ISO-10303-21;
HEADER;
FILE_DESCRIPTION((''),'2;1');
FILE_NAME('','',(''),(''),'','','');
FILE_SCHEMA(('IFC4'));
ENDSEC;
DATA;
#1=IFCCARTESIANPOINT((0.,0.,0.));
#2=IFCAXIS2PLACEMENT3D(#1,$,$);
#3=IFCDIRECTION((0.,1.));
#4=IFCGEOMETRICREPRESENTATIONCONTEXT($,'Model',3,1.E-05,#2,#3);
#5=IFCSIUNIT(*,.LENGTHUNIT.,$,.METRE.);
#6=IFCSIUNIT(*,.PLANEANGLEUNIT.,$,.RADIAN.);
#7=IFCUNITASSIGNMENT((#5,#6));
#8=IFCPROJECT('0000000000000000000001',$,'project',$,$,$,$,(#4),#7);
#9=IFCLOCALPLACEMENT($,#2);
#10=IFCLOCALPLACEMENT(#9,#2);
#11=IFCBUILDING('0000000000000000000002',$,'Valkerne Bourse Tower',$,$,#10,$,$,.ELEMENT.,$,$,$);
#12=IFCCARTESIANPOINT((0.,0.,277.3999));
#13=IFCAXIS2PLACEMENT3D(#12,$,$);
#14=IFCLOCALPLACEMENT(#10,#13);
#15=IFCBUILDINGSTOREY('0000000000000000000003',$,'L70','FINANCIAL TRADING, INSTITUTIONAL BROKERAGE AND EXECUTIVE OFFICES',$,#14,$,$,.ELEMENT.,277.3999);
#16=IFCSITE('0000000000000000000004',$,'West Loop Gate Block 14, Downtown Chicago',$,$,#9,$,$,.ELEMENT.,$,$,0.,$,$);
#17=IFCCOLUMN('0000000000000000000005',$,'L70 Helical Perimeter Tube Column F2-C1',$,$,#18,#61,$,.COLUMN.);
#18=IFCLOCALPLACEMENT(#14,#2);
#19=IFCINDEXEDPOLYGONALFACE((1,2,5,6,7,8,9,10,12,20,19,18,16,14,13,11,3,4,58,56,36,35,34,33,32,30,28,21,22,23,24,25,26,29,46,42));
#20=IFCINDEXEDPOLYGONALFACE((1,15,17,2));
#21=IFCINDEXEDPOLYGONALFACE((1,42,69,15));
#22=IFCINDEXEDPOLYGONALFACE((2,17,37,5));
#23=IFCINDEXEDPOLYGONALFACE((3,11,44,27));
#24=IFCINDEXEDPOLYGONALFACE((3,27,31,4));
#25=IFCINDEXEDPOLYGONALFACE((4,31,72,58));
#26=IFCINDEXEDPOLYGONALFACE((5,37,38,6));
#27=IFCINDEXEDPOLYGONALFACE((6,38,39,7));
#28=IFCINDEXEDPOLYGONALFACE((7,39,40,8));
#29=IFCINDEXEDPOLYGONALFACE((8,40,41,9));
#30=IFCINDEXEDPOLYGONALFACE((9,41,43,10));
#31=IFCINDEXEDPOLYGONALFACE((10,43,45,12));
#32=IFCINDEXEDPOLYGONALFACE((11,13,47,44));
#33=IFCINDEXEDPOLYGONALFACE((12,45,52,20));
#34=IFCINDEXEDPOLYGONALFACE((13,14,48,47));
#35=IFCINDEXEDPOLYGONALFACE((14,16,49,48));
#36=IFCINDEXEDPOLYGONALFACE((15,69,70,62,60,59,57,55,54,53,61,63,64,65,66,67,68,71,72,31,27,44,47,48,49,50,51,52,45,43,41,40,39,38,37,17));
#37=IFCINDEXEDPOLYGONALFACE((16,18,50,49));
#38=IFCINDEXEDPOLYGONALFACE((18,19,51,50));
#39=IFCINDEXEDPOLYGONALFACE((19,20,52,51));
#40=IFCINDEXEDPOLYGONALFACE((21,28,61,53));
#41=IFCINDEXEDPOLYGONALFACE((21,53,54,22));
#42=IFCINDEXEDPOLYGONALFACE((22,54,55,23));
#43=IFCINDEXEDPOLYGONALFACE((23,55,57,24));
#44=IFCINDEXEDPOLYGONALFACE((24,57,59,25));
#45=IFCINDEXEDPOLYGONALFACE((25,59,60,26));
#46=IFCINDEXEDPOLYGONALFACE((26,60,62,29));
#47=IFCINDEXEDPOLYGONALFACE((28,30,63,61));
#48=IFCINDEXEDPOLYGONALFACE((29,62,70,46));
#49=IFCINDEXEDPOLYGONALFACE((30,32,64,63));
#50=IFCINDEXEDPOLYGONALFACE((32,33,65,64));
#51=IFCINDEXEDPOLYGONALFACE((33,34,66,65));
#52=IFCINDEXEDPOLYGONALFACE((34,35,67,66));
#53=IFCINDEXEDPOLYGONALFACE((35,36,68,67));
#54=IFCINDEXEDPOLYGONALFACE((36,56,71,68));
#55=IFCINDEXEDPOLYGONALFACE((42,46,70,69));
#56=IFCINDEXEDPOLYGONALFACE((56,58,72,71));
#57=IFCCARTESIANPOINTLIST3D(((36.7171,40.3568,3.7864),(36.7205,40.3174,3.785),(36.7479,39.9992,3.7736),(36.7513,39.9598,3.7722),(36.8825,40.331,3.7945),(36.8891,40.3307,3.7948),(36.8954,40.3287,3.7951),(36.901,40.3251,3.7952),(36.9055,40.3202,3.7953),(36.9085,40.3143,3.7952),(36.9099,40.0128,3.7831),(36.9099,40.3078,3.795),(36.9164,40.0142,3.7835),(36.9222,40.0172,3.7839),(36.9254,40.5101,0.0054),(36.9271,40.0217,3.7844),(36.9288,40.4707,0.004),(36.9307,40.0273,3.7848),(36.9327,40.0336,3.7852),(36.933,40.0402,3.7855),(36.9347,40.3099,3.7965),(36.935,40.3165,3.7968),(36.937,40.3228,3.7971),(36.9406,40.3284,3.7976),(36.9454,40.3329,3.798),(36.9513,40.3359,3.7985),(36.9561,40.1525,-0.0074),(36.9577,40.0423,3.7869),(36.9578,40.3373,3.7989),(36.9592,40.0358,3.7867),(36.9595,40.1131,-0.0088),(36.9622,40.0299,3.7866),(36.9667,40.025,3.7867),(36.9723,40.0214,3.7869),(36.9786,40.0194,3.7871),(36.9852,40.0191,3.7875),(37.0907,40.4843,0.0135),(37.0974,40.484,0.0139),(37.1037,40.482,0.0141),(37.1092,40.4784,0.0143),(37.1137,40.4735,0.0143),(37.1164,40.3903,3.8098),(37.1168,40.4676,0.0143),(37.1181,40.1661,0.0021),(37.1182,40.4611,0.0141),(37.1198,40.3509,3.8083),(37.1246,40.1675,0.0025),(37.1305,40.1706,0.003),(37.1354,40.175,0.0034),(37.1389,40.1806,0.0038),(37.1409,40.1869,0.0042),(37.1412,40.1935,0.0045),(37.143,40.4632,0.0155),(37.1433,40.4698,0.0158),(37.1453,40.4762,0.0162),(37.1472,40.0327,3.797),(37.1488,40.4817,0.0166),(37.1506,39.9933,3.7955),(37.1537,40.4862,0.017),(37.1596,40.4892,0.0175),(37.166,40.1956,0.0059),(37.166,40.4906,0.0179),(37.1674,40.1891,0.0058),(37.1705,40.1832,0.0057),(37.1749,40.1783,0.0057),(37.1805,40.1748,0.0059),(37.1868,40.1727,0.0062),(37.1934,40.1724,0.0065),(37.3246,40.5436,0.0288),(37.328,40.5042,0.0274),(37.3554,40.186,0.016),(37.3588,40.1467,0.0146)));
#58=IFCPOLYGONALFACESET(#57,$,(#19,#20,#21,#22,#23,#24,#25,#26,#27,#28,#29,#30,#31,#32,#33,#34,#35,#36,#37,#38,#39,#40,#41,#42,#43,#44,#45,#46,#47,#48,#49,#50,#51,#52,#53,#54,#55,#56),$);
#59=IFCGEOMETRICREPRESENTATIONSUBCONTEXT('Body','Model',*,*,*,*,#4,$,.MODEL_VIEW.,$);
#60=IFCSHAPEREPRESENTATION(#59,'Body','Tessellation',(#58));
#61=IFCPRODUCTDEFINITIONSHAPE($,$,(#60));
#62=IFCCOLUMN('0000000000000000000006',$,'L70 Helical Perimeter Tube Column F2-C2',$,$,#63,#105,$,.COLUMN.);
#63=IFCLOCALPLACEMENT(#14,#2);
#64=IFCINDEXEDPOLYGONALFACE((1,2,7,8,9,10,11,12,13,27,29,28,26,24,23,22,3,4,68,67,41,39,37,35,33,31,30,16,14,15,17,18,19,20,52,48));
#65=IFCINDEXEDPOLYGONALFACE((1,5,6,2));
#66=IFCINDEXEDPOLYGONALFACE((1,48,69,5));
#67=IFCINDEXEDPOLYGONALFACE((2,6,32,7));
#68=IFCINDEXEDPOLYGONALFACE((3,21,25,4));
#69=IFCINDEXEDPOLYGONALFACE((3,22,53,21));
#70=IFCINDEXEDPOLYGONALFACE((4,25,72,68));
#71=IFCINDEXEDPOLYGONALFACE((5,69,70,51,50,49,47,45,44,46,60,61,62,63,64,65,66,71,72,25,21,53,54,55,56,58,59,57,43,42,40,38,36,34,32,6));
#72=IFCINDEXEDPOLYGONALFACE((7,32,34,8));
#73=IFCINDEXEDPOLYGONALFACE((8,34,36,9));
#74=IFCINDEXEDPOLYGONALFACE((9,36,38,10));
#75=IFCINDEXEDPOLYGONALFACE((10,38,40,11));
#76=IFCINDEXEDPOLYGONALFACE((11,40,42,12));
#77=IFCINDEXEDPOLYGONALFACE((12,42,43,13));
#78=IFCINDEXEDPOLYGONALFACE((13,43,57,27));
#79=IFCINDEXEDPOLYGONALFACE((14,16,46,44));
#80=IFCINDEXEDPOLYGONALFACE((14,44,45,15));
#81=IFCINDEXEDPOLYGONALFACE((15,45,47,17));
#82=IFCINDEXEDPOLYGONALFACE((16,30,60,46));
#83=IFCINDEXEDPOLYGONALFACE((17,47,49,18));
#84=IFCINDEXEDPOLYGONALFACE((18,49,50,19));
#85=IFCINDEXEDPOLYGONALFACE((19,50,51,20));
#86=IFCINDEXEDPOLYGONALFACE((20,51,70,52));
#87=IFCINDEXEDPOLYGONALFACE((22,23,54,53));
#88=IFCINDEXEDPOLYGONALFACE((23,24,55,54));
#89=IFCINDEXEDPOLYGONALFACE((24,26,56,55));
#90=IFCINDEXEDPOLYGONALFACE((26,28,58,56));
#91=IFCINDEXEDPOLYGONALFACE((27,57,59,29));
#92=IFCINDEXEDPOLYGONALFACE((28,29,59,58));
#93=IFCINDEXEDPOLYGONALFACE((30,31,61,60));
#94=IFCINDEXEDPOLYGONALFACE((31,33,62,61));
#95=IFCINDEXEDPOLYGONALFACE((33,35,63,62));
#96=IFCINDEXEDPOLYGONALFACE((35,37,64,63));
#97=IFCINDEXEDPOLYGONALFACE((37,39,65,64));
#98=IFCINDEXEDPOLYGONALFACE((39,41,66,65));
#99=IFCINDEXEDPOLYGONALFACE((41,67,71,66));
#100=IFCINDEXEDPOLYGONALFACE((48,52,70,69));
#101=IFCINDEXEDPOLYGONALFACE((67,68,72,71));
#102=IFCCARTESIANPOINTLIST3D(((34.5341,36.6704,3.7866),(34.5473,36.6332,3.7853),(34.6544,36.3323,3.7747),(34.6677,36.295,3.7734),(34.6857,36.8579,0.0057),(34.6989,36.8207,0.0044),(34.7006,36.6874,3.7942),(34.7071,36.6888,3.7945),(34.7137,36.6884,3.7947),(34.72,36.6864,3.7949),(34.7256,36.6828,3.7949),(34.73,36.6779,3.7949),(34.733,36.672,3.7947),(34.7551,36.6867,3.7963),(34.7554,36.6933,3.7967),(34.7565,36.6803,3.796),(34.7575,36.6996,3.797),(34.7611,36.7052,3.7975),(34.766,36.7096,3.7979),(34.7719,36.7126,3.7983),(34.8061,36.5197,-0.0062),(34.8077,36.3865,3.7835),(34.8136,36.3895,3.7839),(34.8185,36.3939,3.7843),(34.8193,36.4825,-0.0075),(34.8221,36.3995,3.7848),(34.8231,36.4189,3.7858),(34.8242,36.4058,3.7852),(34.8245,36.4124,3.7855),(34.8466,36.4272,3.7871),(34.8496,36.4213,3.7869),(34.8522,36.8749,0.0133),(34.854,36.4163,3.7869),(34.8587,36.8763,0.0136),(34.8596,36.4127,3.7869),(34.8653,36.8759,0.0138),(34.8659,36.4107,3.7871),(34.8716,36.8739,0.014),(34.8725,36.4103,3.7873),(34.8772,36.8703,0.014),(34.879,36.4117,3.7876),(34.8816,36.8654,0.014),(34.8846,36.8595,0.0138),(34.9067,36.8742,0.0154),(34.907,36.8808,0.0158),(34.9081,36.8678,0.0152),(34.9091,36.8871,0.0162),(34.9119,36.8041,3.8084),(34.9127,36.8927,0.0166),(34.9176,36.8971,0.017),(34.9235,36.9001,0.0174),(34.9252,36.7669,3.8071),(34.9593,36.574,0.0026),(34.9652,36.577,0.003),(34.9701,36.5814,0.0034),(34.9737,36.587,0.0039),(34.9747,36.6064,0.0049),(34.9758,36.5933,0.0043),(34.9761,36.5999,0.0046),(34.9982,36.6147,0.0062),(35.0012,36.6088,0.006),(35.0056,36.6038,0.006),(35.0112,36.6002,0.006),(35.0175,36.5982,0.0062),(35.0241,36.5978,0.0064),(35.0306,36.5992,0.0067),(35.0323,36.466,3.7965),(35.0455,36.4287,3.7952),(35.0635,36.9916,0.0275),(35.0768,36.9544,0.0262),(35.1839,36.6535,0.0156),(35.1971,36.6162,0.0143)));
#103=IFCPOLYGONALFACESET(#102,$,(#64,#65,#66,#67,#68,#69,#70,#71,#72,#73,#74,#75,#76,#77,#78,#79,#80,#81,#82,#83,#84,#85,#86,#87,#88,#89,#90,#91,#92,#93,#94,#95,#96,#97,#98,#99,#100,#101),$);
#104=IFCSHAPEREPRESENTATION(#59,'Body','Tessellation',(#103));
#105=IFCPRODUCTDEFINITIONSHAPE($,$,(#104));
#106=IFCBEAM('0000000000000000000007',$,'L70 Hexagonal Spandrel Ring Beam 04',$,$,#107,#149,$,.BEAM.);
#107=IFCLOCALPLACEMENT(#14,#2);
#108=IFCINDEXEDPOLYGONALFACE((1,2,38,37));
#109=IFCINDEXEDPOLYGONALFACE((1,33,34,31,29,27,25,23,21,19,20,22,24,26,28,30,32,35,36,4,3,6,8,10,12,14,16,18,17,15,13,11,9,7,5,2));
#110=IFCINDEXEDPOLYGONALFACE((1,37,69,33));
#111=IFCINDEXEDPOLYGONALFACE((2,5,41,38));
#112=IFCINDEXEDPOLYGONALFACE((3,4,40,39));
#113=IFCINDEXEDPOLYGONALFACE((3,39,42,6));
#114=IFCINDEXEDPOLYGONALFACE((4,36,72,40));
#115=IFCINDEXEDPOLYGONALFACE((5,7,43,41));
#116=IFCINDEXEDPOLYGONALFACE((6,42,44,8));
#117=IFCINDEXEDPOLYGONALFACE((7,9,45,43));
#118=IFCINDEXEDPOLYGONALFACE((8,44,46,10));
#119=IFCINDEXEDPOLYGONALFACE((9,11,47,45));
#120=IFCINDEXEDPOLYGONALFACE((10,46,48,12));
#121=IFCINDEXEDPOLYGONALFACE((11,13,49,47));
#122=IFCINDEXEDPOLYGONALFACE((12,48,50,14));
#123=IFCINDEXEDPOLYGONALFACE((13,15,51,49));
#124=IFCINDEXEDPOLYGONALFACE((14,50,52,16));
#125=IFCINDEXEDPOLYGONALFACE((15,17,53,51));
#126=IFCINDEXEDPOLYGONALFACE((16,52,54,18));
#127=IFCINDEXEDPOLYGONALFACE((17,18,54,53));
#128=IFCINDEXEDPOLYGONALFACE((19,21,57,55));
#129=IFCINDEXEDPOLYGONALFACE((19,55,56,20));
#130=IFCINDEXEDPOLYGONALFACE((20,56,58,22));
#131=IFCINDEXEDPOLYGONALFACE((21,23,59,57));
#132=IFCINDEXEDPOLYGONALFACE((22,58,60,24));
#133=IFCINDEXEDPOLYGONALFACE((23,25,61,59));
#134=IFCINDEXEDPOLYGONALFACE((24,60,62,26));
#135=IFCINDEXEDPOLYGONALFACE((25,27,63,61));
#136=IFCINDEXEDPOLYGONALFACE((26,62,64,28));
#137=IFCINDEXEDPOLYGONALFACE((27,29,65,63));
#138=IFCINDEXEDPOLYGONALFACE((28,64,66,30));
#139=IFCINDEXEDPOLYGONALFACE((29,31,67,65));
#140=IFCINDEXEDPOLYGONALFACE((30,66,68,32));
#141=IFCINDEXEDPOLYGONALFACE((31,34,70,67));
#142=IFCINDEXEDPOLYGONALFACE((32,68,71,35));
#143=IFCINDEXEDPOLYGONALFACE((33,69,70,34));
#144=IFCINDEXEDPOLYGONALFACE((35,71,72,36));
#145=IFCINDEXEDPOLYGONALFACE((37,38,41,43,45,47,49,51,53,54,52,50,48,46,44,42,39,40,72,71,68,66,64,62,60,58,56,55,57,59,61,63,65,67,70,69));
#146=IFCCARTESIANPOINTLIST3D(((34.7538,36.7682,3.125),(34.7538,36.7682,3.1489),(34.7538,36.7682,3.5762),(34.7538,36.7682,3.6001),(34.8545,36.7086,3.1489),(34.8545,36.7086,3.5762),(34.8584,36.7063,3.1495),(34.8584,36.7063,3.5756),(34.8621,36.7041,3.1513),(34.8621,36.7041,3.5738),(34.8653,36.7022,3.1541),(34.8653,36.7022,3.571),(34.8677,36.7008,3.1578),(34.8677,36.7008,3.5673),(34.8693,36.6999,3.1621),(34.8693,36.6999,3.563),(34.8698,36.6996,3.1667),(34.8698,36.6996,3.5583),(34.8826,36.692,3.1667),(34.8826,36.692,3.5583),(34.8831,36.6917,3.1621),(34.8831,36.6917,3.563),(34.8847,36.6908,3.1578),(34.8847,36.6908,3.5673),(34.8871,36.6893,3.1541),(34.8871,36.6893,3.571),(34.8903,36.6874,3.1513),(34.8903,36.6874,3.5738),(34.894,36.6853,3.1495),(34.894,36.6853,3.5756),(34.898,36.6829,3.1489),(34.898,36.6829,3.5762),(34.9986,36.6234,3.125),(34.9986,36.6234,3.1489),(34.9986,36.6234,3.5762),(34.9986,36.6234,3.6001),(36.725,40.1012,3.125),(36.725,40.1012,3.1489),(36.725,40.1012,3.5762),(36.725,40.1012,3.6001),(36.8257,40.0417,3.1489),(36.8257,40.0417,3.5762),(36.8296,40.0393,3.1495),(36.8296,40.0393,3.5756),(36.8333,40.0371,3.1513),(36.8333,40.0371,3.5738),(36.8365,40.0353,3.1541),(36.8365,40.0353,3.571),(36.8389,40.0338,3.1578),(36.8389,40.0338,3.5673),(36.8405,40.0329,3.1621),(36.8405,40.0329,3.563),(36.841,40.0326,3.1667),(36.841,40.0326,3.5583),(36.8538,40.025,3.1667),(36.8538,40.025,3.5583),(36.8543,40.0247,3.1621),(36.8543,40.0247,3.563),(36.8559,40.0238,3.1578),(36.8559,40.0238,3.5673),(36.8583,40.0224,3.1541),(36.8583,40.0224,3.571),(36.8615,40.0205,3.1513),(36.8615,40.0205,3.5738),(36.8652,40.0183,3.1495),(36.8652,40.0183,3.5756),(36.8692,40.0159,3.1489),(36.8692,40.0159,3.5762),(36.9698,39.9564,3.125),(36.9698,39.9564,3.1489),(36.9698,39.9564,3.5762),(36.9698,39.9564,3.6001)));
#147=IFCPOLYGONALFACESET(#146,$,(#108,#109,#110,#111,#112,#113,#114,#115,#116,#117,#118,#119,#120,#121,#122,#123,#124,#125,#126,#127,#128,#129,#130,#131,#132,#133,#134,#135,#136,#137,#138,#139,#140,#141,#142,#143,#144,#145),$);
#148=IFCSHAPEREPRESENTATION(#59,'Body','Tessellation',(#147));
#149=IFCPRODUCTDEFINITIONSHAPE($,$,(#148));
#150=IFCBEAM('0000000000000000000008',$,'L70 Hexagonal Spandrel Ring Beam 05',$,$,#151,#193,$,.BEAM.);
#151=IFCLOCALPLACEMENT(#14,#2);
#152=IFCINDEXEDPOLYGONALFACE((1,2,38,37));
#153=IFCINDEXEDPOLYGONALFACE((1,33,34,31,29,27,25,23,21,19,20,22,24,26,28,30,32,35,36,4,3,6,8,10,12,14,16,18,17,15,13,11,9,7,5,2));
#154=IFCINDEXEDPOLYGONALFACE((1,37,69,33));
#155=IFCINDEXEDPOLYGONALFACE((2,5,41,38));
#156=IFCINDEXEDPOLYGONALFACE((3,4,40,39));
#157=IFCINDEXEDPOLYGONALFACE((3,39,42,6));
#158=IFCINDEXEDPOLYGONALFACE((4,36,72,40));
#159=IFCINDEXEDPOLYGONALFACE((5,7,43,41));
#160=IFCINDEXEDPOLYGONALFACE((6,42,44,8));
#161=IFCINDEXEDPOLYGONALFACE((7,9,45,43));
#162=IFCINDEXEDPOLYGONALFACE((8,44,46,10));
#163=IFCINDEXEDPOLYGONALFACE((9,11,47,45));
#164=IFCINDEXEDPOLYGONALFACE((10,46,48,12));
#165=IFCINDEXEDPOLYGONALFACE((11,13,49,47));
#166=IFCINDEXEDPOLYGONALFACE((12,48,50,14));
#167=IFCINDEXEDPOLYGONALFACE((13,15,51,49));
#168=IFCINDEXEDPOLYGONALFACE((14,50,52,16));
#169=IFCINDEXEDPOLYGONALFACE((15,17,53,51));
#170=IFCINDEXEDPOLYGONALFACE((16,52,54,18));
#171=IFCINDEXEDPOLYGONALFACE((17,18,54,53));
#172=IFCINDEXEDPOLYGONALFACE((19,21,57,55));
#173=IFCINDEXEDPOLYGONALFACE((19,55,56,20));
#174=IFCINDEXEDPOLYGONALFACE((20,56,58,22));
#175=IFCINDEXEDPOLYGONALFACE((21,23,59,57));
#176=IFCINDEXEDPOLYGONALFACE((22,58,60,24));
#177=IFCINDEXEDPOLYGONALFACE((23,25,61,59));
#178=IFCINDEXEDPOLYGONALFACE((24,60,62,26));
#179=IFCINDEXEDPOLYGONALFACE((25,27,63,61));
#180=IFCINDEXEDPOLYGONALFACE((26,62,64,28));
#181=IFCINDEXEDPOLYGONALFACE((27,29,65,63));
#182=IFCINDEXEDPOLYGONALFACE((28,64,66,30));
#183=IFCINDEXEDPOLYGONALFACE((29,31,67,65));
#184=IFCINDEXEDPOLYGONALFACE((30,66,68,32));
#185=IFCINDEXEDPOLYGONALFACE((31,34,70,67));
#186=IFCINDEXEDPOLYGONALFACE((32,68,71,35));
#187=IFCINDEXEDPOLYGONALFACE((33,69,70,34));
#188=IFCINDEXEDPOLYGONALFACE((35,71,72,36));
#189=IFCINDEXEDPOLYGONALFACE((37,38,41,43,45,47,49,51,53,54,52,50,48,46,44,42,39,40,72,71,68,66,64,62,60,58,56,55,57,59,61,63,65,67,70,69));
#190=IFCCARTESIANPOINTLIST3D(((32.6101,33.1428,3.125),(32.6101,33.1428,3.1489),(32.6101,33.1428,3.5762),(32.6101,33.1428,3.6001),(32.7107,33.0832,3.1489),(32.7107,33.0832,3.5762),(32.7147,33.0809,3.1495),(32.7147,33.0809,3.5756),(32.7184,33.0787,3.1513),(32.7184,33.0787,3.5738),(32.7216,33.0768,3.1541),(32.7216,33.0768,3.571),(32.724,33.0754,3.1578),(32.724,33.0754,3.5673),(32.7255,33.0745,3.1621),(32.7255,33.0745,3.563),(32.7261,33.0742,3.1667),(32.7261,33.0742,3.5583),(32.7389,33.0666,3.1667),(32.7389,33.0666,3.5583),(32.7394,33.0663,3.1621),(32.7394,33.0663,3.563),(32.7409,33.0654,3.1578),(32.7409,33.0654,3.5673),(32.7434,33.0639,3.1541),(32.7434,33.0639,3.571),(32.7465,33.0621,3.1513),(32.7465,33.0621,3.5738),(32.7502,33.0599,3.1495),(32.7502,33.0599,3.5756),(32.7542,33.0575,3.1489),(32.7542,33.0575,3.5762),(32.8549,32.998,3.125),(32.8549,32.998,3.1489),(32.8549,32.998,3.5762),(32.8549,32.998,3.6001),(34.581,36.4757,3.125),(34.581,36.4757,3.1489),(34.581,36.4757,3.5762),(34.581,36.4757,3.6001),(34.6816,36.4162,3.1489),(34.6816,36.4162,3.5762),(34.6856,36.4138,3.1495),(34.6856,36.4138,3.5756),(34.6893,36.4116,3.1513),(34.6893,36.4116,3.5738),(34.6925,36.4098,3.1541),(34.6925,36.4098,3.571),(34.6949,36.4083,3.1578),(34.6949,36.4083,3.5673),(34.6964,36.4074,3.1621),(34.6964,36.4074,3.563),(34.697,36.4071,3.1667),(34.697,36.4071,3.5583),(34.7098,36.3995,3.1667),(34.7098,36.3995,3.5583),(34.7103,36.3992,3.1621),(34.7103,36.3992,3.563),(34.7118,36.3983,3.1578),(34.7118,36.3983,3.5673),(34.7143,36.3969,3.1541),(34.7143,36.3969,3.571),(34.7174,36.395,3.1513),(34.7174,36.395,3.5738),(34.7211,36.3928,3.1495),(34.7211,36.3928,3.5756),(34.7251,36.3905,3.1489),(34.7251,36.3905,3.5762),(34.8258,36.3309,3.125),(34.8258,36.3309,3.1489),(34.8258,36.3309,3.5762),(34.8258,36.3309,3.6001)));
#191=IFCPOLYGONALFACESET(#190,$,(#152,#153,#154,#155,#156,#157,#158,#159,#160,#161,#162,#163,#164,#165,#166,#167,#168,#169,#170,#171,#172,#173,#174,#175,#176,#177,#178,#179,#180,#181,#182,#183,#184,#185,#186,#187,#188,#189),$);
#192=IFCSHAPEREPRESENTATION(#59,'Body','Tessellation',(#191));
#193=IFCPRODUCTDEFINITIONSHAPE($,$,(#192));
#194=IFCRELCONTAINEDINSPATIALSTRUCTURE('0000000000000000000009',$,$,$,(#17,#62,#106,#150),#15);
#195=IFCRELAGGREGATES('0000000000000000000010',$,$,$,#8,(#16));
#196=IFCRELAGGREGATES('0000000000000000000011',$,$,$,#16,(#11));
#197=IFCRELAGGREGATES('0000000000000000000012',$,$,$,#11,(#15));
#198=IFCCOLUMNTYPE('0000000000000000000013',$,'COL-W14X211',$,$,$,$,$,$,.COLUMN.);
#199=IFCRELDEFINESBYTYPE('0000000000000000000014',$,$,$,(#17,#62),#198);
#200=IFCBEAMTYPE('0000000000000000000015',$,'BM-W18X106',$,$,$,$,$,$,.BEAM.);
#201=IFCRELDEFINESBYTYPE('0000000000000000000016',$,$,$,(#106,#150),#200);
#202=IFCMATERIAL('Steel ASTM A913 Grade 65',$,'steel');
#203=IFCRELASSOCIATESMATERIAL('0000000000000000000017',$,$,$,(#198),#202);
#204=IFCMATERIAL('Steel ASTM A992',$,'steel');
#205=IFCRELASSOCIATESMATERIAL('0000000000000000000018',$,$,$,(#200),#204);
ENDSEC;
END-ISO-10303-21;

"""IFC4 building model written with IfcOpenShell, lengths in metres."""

from ifc_helpers import new_model, si_unit, direction, frame, origin, origin_2d, place, context, subcontext, project, spatial, i_section, extrude, material, material_profile, profile_set, type_object, element, save


model = new_model("IFC4")

# Units and contexts
model_context = context("Model", 3, precision=1e-05, world=origin(), true_north=direction((0.0, 1.0)))
body_context = subcontext(model_context, "Body", "Model", "MODEL_VIEW")
ifc_project = project(units=[si_unit("LENGTHUNIT", "METRE"), si_unit("PLANEANGLEUNIT", "RADIAN")], contexts=[model_context])

# Site, building, storey
site_placement = place(None, origin())
site = spatial("IfcSite", under=ifc_project, at=site_placement, Name="West Loop Gate Block 14, Downtown Chicago", CompositionType="ELEMENT", RefElevation=0.0)
building_placement = place(site_placement, origin())
building = spatial("IfcBuilding", under=site, at=building_placement, Name="Valkerne Bourse Tower", CompositionType="ELEMENT")
storey_placement = place(building_placement, frame((0.0, 0.0, 277.3999)))
storey = spatial("IfcBuildingStorey", under=building, at=storey_placement, Name="L70", Description="FINANCIAL TRADING, INSTITUTIONAL BROKERAGE AND EXECUTIVE OFFICES", CompositionType="ELEMENT", Elevation=277.3999)

# Columns
ifc_material_1 = material(Name="Steel ASTM A913 Grade 65", Category="steel")
ifc_material_profile_1 = material_profile(ifc_material_1, i_section(OverallWidth=0.4014, OverallDepth=0.3987, WebThickness=0.0249, FlangeThickness=0.0396, FilletRadius=0.0254, at=origin_2d()), Name="W14X211")
ifc_profile_set_1 = profile_set([ifc_material_profile_1], Name="Steel ASTM A913 Grade 65")
column_type = type_object("IfcColumnType", Name="COL-W14X211", PredefinedType="COLUMN", material=ifc_profile_set_1)
column_1_placement = place(storey_placement, frame((37.1421, 40.3284, 0.01), z_axis=(-0.05495, -0.040456, 0.997669), x_axis=(-0.994802, -0.083568, -0.058181)))
element("IfcColumn", 1, at=column_1_placement, inside=storey, type_object=column_type, Name="L70 Helical Perimeter Tube Column F2-C1", PredefinedType="COLUMN", context=body_context, shape_type="SweptSolid", body=[
    extrude(i_section(OverallWidth=0.4014, OverallDepth=0.3987, WebThickness=0.0249, FlangeThickness=0.0396, FilletRadius=0.0254, at=origin_2d()), origin(), (0.0, 0.0, 1.0), 3.7898),
])
column_2_placement = place(storey_placement, frame((34.9414, 36.7371, 0.01), z_axis=(-0.040017, -0.049489, 0.997973), x_axis=(-0.941314, -0.333141, -0.054265)))
element("IfcColumn", 2, at=column_2_placement, inside=storey, type_object=column_type, Name="L70 Helical Perimeter Tube Column F2-C2", PredefinedType="COLUMN", context=body_context, shape_type="SweptSolid", body=[
    extrude(i_section(OverallWidth=0.4014, OverallDepth=0.3987, WebThickness=0.0249, FlangeThickness=0.0396, FilletRadius=0.0254, at=origin_2d()), origin(), (0.0, 0.0, 1.0), 3.7886),
])

# Beams
ifc_material_2 = material(Name="Steel ASTM A992", Category="steel")
ifc_material_profile_2 = material_profile(ifc_material_2, i_section(OverallWidth=0.2844, OverallDepth=0.4751, WebThickness=0.0149, FlangeThickness=0.0239, FilletRadius=0.0178, at=origin_2d()), Name="W18X106")
ifc_profile_set_2 = profile_set([ifc_material_profile_2], Name="Steel ASTM A992")
beam_type_1 = type_object("IfcBeamType", Name="BM-W18X106", PredefinedType="BEAM", material=ifc_profile_set_2)
beam_1_placement = place(storey_placement, frame((36.8474, 40.0288, 3.3625), z_axis=(-0.509052, -0.860736, 0.0), x_axis=(0.860736, -0.509052, 0.0)))
element("IfcBeam", 3, at=beam_1_placement, inside=storey, type_object=beam_type_1, Name="L70 Hexagonal Spandrel Ring Beam 04", PredefinedType="BEAM", context=body_context, shape_type="SweptSolid", body=[
    extrude(i_section(OverallWidth=0.2844, OverallDepth=0.4751, WebThickness=0.0149, FlangeThickness=0.0239, FilletRadius=0.0178, at=origin_2d()), origin(), (0.0, 0.0, 1.0), 3.8723),
])
beam_2_placement = place(storey_placement, frame((34.7034, 36.4033, 3.3625), z_axis=(-0.509005, -0.860763, 0.0), x_axis=(0.860763, -0.509005, 0.0)))
element("IfcBeam", 4, at=beam_2_placement, inside=storey, type_object=beam_type_1, Name="L70 Hexagonal Spandrel Ring Beam 05", PredefinedType="BEAM", context=body_context, shape_type="SweptSolid", body=[
    extrude(i_section(OverallWidth=0.2844, OverallDepth=0.4751, WebThickness=0.0149, FlangeThickness=0.0239, FilletRadius=0.0178, at=origin_2d()), origin(), (0.0, 0.0, 1.0), 3.8721),
])

save(model, "model.ifc")
